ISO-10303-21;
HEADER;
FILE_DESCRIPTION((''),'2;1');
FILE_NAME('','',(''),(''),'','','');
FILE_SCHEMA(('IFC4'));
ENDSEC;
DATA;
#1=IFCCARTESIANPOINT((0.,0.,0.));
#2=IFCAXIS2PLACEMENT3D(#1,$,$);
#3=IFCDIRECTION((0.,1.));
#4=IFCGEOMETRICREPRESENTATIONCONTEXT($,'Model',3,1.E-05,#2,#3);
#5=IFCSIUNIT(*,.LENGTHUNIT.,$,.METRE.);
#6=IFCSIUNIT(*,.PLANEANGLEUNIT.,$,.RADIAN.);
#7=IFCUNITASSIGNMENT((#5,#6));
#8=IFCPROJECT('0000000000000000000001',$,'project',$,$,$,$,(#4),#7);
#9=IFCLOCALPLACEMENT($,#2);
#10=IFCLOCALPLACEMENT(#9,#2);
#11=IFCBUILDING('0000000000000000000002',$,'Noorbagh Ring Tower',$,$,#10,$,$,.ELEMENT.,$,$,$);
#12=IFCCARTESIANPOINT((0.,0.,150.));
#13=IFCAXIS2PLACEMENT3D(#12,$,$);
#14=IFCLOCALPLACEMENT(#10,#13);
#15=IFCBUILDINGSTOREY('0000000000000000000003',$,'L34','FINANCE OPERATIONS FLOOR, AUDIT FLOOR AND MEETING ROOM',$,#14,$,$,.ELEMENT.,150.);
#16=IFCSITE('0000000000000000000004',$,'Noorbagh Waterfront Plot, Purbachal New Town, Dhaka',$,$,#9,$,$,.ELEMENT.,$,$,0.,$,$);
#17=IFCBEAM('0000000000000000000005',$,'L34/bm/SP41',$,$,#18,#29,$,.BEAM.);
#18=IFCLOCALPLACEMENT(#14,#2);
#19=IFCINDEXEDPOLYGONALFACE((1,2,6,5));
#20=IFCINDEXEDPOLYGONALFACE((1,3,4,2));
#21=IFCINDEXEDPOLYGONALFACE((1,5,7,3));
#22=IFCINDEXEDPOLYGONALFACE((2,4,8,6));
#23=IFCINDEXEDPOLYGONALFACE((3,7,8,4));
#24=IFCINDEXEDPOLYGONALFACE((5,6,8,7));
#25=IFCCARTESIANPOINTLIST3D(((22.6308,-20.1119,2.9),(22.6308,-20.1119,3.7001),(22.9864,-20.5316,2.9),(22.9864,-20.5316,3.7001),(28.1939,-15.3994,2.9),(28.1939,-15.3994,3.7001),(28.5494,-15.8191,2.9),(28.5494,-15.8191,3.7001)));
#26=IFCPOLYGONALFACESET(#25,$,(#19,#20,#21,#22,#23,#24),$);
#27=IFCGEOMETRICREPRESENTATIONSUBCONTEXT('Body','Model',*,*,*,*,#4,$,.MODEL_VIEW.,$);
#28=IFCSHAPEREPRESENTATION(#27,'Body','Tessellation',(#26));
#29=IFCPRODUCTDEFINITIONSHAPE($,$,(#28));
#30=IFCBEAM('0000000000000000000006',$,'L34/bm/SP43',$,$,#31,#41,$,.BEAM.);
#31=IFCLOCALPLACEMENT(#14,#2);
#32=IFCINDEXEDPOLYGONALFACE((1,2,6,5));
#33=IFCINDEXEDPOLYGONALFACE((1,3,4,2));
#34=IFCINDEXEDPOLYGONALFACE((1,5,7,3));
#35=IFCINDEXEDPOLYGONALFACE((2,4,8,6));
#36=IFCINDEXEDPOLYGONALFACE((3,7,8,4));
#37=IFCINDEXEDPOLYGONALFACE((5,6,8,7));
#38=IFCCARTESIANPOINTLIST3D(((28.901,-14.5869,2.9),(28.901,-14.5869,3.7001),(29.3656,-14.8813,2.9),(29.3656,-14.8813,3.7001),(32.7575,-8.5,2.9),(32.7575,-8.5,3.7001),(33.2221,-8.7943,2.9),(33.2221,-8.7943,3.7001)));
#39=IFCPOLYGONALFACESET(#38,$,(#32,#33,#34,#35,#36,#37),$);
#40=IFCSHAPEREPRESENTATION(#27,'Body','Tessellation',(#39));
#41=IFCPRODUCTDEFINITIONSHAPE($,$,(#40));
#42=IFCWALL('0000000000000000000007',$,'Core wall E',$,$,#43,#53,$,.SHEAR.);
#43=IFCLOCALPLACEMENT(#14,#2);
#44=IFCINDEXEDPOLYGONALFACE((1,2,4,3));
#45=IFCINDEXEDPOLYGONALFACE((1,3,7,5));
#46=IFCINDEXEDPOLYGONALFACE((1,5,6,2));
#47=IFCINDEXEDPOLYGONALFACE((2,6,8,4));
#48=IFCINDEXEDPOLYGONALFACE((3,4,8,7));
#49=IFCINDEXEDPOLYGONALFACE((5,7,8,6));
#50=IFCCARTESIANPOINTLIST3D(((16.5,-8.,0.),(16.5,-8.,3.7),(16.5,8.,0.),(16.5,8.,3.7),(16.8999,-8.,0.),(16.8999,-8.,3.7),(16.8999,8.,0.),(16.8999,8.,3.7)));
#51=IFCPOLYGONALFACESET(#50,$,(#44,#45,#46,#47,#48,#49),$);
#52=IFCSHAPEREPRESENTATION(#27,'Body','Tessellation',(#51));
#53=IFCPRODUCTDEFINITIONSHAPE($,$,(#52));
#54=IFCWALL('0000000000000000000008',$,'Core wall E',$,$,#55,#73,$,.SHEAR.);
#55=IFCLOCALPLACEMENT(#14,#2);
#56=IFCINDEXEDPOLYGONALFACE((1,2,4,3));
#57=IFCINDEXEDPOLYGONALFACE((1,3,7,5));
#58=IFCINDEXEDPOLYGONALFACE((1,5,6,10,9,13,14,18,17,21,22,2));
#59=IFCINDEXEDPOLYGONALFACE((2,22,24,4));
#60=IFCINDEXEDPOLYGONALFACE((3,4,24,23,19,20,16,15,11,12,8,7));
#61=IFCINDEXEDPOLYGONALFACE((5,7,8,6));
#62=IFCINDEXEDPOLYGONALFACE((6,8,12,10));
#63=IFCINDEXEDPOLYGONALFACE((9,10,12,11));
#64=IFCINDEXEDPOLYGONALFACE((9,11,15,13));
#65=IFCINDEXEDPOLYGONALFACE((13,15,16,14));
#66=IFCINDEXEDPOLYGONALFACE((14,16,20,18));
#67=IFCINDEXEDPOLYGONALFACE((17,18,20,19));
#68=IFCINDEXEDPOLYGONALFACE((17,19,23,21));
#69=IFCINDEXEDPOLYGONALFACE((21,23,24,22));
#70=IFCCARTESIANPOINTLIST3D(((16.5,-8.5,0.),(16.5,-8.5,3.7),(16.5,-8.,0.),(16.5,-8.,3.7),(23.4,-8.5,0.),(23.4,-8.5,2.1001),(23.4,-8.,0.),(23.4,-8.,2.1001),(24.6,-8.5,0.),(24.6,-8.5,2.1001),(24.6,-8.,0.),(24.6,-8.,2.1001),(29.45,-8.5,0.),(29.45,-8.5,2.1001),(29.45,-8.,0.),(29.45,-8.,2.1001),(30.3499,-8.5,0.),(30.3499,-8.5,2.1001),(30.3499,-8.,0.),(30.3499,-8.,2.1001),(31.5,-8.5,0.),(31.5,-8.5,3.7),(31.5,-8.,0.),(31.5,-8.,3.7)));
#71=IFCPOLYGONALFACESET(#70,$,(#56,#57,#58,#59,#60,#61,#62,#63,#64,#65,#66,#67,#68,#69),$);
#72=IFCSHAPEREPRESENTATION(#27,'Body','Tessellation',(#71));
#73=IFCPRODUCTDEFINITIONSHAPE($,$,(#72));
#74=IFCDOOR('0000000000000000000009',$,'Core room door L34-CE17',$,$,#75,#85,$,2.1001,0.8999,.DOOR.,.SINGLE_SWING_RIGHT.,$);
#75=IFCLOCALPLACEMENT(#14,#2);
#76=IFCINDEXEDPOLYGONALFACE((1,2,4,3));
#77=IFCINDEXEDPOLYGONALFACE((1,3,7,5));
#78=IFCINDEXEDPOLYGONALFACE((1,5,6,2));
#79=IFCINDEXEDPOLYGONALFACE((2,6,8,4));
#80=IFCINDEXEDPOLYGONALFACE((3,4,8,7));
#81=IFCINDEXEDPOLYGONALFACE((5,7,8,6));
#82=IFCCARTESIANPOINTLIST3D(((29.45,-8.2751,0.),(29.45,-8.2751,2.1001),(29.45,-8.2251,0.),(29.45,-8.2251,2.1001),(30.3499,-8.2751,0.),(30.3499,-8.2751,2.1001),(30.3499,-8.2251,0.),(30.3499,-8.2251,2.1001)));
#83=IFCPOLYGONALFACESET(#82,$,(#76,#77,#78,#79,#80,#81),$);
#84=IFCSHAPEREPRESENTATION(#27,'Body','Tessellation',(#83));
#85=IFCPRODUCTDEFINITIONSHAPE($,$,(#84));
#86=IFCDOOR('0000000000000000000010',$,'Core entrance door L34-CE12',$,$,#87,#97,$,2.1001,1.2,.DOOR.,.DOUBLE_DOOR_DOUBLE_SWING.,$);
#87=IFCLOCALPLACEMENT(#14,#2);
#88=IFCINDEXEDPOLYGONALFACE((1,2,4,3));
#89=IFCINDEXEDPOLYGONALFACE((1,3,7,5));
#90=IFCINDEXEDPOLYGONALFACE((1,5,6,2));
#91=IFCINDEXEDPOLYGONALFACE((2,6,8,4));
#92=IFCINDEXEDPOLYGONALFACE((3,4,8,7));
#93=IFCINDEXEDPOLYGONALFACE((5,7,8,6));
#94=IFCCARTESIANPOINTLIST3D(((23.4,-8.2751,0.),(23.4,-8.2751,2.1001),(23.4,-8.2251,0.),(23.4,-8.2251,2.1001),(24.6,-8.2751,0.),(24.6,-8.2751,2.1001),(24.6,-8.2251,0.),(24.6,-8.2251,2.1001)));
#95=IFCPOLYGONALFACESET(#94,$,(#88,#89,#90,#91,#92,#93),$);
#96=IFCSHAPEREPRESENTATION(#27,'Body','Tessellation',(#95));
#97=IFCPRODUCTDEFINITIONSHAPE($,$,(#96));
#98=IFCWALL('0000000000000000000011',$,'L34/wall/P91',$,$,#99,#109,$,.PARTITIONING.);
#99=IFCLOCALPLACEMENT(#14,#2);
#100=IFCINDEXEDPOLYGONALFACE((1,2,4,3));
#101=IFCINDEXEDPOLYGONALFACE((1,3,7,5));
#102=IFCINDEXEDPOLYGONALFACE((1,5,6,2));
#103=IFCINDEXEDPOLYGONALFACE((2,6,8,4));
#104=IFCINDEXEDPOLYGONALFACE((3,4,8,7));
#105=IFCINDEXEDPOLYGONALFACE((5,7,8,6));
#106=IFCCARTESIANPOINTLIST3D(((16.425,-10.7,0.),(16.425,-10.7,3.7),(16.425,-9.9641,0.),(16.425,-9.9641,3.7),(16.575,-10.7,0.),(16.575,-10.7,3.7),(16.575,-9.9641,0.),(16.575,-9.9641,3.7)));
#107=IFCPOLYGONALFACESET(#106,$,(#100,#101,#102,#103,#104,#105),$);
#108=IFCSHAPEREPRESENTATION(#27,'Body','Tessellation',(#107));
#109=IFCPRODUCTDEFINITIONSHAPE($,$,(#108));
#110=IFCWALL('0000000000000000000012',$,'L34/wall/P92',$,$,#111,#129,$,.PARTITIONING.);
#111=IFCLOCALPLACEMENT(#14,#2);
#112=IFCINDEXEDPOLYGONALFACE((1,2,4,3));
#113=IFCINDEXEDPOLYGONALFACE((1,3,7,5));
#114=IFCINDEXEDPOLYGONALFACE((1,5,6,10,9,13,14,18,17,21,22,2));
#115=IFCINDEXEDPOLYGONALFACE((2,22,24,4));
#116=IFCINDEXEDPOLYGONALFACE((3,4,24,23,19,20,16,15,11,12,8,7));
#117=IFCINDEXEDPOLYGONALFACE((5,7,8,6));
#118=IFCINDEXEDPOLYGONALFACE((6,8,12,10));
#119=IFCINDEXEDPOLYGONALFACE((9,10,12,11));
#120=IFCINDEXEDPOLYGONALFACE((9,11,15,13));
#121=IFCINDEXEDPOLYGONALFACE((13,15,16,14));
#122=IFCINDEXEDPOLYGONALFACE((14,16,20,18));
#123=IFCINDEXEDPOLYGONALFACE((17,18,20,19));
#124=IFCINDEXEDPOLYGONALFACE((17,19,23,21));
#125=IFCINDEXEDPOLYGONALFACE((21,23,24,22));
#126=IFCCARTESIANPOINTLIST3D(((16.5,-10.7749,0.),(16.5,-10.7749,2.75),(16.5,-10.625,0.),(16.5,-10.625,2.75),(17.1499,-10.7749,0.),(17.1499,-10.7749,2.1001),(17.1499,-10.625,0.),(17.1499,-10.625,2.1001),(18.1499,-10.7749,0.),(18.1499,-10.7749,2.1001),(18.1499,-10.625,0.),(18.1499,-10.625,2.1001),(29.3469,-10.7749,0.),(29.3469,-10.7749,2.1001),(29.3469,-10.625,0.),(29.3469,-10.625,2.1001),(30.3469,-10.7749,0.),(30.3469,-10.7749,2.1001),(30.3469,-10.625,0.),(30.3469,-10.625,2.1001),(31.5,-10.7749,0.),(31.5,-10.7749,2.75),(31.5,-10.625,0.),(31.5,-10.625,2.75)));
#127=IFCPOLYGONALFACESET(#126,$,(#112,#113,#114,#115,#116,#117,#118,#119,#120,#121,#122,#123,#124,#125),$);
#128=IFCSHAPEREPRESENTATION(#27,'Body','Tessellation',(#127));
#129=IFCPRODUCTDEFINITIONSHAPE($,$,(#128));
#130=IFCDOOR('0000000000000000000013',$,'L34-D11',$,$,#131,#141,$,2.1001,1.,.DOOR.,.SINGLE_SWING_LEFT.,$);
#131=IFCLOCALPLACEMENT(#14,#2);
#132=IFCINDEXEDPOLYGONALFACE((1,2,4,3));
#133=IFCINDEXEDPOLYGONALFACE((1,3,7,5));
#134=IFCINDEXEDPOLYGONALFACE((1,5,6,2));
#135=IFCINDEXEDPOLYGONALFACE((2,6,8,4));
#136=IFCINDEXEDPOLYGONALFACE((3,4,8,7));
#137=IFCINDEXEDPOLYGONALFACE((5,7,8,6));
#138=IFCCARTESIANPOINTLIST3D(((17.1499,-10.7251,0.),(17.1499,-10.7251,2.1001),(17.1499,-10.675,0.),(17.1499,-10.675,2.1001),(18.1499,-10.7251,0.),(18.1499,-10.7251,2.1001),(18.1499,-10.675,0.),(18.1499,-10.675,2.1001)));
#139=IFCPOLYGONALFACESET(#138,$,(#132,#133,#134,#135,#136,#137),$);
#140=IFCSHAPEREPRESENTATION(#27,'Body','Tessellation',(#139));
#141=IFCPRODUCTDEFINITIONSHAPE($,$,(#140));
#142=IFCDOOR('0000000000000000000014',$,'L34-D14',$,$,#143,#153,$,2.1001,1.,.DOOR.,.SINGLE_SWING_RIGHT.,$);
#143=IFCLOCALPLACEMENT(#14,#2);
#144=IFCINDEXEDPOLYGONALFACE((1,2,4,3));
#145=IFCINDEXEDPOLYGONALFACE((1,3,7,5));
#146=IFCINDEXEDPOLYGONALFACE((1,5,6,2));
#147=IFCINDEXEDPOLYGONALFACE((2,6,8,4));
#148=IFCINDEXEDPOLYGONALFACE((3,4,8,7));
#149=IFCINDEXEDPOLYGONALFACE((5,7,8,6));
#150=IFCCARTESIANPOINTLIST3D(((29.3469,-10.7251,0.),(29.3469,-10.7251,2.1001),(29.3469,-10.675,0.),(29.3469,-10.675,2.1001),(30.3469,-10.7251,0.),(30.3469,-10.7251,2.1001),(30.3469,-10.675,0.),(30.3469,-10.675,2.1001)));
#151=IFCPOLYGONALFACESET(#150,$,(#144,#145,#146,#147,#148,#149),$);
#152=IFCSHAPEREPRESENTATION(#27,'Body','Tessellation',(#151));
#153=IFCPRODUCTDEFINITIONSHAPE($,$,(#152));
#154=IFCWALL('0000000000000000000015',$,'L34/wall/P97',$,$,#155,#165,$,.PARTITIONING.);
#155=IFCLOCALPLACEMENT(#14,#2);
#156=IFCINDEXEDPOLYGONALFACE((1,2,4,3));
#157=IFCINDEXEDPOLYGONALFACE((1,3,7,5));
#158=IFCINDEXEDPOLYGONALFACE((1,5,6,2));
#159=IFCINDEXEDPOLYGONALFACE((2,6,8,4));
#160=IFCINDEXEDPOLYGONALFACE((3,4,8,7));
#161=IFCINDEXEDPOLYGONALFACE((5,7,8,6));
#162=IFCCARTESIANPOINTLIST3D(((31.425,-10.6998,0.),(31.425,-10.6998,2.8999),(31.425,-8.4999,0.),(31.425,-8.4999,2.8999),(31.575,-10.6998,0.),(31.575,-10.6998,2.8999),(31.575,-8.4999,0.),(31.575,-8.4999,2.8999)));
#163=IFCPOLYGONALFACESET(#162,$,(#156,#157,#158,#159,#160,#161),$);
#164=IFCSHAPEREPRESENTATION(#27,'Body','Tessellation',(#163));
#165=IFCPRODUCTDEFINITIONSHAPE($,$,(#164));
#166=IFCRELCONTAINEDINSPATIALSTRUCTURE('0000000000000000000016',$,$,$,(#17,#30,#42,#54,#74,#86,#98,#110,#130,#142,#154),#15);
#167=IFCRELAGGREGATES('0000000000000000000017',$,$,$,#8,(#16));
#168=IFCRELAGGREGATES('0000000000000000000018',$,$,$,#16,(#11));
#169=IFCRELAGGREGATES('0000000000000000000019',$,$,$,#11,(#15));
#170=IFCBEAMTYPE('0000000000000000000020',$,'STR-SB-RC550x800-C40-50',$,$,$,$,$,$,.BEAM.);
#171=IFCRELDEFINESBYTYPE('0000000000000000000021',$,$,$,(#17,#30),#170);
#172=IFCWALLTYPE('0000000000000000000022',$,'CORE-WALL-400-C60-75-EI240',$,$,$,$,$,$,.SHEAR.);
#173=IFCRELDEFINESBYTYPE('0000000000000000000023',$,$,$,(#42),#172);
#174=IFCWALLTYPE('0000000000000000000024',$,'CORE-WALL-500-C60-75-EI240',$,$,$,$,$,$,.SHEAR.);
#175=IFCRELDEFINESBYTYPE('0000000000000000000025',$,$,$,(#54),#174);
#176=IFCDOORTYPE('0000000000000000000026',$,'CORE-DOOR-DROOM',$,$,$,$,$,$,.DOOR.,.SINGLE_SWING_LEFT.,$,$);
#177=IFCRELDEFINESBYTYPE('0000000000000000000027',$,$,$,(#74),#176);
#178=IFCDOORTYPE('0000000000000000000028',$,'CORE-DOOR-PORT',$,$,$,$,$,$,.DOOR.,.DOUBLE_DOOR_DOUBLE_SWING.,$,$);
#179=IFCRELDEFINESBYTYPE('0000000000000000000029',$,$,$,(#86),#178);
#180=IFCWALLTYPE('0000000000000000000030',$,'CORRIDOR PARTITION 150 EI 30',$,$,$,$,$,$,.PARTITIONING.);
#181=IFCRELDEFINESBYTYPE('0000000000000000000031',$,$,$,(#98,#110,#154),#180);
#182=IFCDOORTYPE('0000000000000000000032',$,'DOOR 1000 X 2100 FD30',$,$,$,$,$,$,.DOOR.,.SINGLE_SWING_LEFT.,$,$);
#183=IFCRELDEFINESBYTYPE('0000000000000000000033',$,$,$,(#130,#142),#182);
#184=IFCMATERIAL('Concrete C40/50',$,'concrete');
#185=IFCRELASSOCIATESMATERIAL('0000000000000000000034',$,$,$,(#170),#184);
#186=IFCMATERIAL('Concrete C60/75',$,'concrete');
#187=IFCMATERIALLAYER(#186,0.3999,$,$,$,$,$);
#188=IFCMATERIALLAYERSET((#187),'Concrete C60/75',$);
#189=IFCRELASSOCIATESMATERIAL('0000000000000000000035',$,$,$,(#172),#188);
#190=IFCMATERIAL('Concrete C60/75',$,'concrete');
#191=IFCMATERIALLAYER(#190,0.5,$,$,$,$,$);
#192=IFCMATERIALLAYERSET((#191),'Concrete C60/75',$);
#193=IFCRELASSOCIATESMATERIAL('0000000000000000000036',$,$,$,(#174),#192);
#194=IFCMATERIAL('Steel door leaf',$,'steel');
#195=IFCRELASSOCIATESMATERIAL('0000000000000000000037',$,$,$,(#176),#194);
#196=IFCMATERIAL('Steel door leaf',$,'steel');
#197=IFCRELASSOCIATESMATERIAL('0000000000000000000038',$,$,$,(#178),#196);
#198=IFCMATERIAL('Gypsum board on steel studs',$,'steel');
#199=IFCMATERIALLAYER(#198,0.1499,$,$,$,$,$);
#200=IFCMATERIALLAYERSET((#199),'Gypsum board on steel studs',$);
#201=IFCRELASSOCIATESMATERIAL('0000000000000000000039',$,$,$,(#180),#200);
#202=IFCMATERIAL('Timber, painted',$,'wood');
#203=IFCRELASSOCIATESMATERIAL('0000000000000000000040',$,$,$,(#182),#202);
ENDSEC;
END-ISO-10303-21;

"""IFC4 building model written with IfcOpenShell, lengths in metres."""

from ifc_helpers import new_model, si_unit, direction, frame, frame_2d, origin, origin_2d, place, context, subcontext, project, spatial, rectangle, extrude, material, layer, layer_set, material_profile, profile_set, type_object, element, fill, save


model = new_model("IFC4")

# Units and contexts
model_context = context("Model", 3, precision=1e-05, world=origin(), true_north=direction((0.0, 1.0)))
body_context = subcontext(model_context, "Body", "Model", "MODEL_VIEW")
ifc_project = project(units=[si_unit("LENGTHUNIT", "METRE"), si_unit("PLANEANGLEUNIT", "RADIAN")], contexts=[model_context])

# Site, building, storey
site_placement = place(None, origin())
site = spatial("IfcSite", under=ifc_project, at=site_placement, Name="Noorbagh Waterfront Plot, Purbachal New Town, Dhaka", CompositionType="ELEMENT", RefElevation=0.0)
building_placement = place(site_placement, origin())
building = spatial("IfcBuilding", under=site, at=building_placement, Name="Noorbagh Ring Tower", CompositionType="ELEMENT")
storey_placement = place(building_placement, frame((0.0, 0.0, 150.0)))
storey = spatial("IfcBuildingStorey", under=building, at=storey_placement, Name="L34", Description="FINANCE OPERATIONS FLOOR, AUDIT FLOOR AND MEETING ROOM", CompositionType="ELEMENT", Elevation=150.0)

# Beams
ifc_material_1 = material(Name="Concrete C40/50", Category="concrete")
ifc_material_profile_1 = material_profile(ifc_material_1, rectangle(XDim=0.55, YDim=0.8, at=origin_2d()), Name="RC550x800")
ifc_profile_set_1 = profile_set([ifc_material_profile_1], Name="Concrete C40/50")
beam_type_1 = type_object("IfcBeamType", Name="STR-SB-RC550x800-C40-50", PredefinedType="BEAM", material=ifc_profile_set_1)
beam_1_placement = place(storey_placement, frame((22.8086, -20.3218, 3.3), z_axis=(0.763031, 0.646362, 0.0), x_axis=(-0.646362, 0.763031, 0.0)))
element("IfcBeam", 1, at=beam_1_placement, inside=storey, type_object=beam_type_1, Name="L34/bm/SP41", PredefinedType="BEAM", context=body_context, shape_type="SweptSolid", body=[
    extrude(rectangle(XDim=0.55, YDim=0.8, at=origin_2d()), origin(), (0.0, 0.0, 1.0), 7.2908),
])
beam_2_placement = place(storey_placement, frame((29.1333, -14.7341, 3.3), z_axis=(0.535191, 0.844731, 0.0), x_axis=(-0.844731, 0.535191, 0.0)))
element("IfcBeam", 2, at=beam_2_placement, inside=storey, type_object=beam_type_1, Name="L34/bm/SP43", PredefinedType="BEAM", context=body_context, shape_type="SweptSolid", body=[
    extrude(rectangle(XDim=0.55, YDim=0.8, at=origin_2d()), origin(), (0.0, 0.0, 1.0), 7.2058),
])

# Wall
ifc_material_2 = material(Name="Concrete C60/75", Category="concrete")
ifc_layer_1 = layer(ifc_material_2, 0.3999)
ifc_layer_set_1 = layer_set([ifc_layer_1], Name="Concrete C60/75")
wall_type_1 = type_object("IfcWallType", Name="CORE-WALL-400-C60-75-EI240", PredefinedType="SHEAR", material=ifc_layer_set_1)
wall_1_placement = place(storey_placement, frame((16.7, -8.0, 0.0), z_axis=(0.0, 0.0, 1.0), x_axis=(0.0, 1.0, 0.0)))
element("IfcWall", 3, at=wall_1_placement, inside=storey, type_object=wall_type_1, Name="Core wall E", PredefinedType="SHEAR", context=body_context, shape_type="SweptSolid", body=[
    extrude(rectangle(XDim=16.0, YDim=0.3999, at=frame_2d((8.0, 0.0))), origin(), (0.0, 0.0, 1.0), 3.7),
])

# Wall, openings, doors
ifc_material_3 = material(Name="Concrete C60/75", Category="concrete")
ifc_layer_2 = layer(ifc_material_3, 0.5)
ifc_layer_set_2 = layer_set([ifc_layer_2], Name="Concrete C60/75")
wall_type_2 = type_object("IfcWallType", Name="CORE-WALL-500-C60-75-EI240", PredefinedType="SHEAR", material=ifc_layer_set_2)
wall_2_placement = place(storey_placement, frame((16.5, -8.25, 0.0), z_axis=(0.0, 0.0, 1.0), x_axis=(1.0, 0.0, 0.0)))
wall_2 = element("IfcWall", 4, at=wall_2_placement, inside=storey, type_object=wall_type_2, Name="Core wall E", PredefinedType="SHEAR", context=body_context, shape_type="SweptSolid", body=[
    extrude(rectangle(XDim=15.0, YDim=0.5, at=frame_2d((7.5, 0.0))), origin(), (0.0, 0.0, 1.0), 3.7),
])
opening_1_placement = place(wall_2_placement, frame((6.8999, 0.0, 0.0)))
opening_1 = element("IfcOpeningElement", 5, at=opening_1_placement, cuts=wall_2, PredefinedType="OPENING", context=body_context, shape_type="SweptSolid", body=[
    extrude(rectangle(XDim=1.2, YDim=2.1001, at=frame_2d((0.6001, 1.05))), frame((0.0, 0.26, 0.0), z_axis=(0.0, -1.0, 0.0), x_axis=(1.0, 0.0, 0.0)), (0.0, 0.0, 1.0), 0.52),
])
opening_2_placement = place(wall_2_placement, frame((12.95, 0.0, 0.0)))
opening_2 = element("IfcOpeningElement", 6, at=opening_2_placement, cuts=wall_2, PredefinedType="OPENING", context=body_context, shape_type="SweptSolid", body=[
    extrude(rectangle(XDim=0.8999, YDim=2.1001, at=frame_2d((0.45, 1.05))), frame((0.0, 0.26, 0.0), z_axis=(0.0, -1.0, 0.0), x_axis=(1.0, 0.0, 0.0)), (0.0, 0.0, 1.0), 0.52),
])
ifc_material_4 = material(Name="Steel door leaf", Category="steel")
door_type_1 = type_object("IfcDoorType", Name="CORE-DOOR-DROOM", OperationType="SINGLE_SWING_LEFT", PredefinedType="DOOR", material=ifc_material_4)
door_1_placement = place(opening_2_placement, origin())
door_1 = element("IfcDoor", 7, at=door_1_placement, inside=storey, type_object=door_type_1, Name="Core room door L34-CE17", OperationType="SINGLE_SWING_RIGHT", OverallHeight=2.1001, OverallWidth=0.8999, PredefinedType="DOOR", context=body_context, shape_type="SweptSolid", body=[
    extrude(rectangle(XDim=0.8999, YDim=2.1001, at=frame_2d((0.45, 1.05))), frame((0.0, 0.0249, 0.0), z_axis=(0.0, -1.0, 0.0), x_axis=(1.0, 0.0, 0.0)), (0.0, 0.0, 1.0), 0.05),
])
fill(opening_2, door_1)
ifc_material_5 = material(Name="Steel door leaf", Category="steel")
door_type_2 = type_object("IfcDoorType", Name="CORE-DOOR-PORT", OperationType="DOUBLE_DOOR_DOUBLE_SWING", PredefinedType="DOOR", material=ifc_material_5)
door_2_placement = place(opening_1_placement, origin())
door_2 = element("IfcDoor", 8, at=door_2_placement, inside=storey, type_object=door_type_2, Name="Core entrance door L34-CE12", OperationType="DOUBLE_DOOR_DOUBLE_SWING", OverallHeight=2.1001, OverallWidth=1.2, PredefinedType="DOOR", context=body_context, shape_type="SweptSolid", body=[
    extrude(rectangle(XDim=1.2, YDim=2.1001, at=frame_2d((0.6001, 1.05))), frame((0.0, 0.0249, 0.0), z_axis=(0.0, -1.0, 0.0), x_axis=(1.0, 0.0, 0.0)), (0.0, 0.0, 1.0), 0.05),
])
fill(opening_1, door_2)

# Wall
ifc_material_6 = material(Name="Gypsum board on steel studs", Category="steel")
ifc_layer_3 = layer(ifc_material_6, 0.1499)
ifc_layer_set_3 = layer_set([ifc_layer_3], Name="Gypsum board on steel studs")
wall_type_3 = type_object("IfcWallType", Name="CORRIDOR PARTITION 150 EI 30", PredefinedType="PARTITIONING", material=ifc_layer_set_3)
wall_3_placement = place(storey_placement, frame((16.5, -10.7, 0.0), z_axis=(0.0, 0.0, 1.0), x_axis=(0.0, 1.0, 0.0)))
element("IfcWall", 9, at=wall_3_placement, inside=storey, type_object=wall_type_3, Name="L34/wall/P91", PredefinedType="PARTITIONING", context=body_context, shape_type="SweptSolid", body=[
    extrude(rectangle(XDim=0.7358, YDim=0.1499, at=frame_2d((0.3679, 0.0))), origin(), (0.0, 0.0, 1.0), 3.7),
])

# Wall, openings, doors
wall_4_placement = place(storey_placement, frame((16.5, -10.7, 0.0), z_axis=(0.0, 0.0, 1.0), x_axis=(1.0, 0.0, 0.0)))
wall_4 = element("IfcWall", 10, at=wall_4_placement, inside=storey, type_object=wall_type_3, Name="L34/wall/P92", PredefinedType="PARTITIONING", context=body_context, shape_type="SweptSolid", body=[
    extrude(rectangle(XDim=15.0, YDim=0.1499, at=frame_2d((7.5, 0.0))), origin(), (0.0, 0.0, 1.0), 2.75),
])
opening_3_placement = place(wall_4_placement, frame((0.6499, 0.0, 0.0)))
opening_3 = element("IfcOpeningElement", 11, at=opening_3_placement, cuts=wall_4, PredefinedType="OPENING", context=body_context, shape_type="SweptSolid", body=[
    extrude(rectangle(XDim=1.0, YDim=2.1001, at=frame_2d((0.5, 1.05))), frame((0.0, 0.085, 0.0), z_axis=(0.0, -1.0, 0.0), x_axis=(1.0, 0.0, 0.0)), (0.0, 0.0, 1.0), 0.1699),
])
opening_4_placement = place(wall_4_placement, frame((12.8469, 0.0, 0.0)))
opening_4 = element("IfcOpeningElement", 12, at=opening_4_placement, cuts=wall_4, PredefinedType="OPENING", context=body_context, shape_type="SweptSolid", body=[
    extrude(rectangle(XDim=1.0, YDim=2.1001, at=frame_2d((0.5, 1.05))), frame((0.0, 0.085, 0.0), z_axis=(0.0, -1.0, 0.0), x_axis=(1.0, 0.0, 0.0)), (0.0, 0.0, 1.0), 0.1699),
])
ifc_material_7 = material(Name="Timber, painted", Category="wood")
door_type_3 = type_object("IfcDoorType", Name="DOOR 1000 X 2100 FD30", OperationType="SINGLE_SWING_LEFT", PredefinedType="DOOR", material=ifc_material_7)
door_3_placement = place(opening_3_placement, origin())
door_3 = element("IfcDoor", 13, at=door_3_placement, inside=storey, type_object=door_type_3, Name="L34-D11", OperationType="SINGLE_SWING_LEFT", OverallHeight=2.1001, OverallWidth=1.0, PredefinedType="DOOR", context=body_context, shape_type="SweptSolid", body=[
    extrude(rectangle(XDim=1.0, YDim=2.1001, at=frame_2d((0.5, 1.05))), frame((0.0, 0.0249, 0.0), z_axis=(0.0, -1.0, 0.0), x_axis=(1.0, 0.0, 0.0)), (0.0, 0.0, 1.0), 0.05),
])
fill(opening_3, door_3)
door_4_placement = place(opening_4_placement, origin())
door_4 = element("IfcDoor", 14, at=door_4_placement, inside=storey, type_object=door_type_3, Name="L34-D14", OperationType="SINGLE_SWING_RIGHT", OverallHeight=2.1001, OverallWidth=1.0, PredefinedType="DOOR", context=body_context, shape_type="SweptSolid", body=[
    extrude(rectangle(XDim=1.0, YDim=2.1001, at=frame_2d((0.5, 1.05))), frame((0.0, 0.0249, 0.0), z_axis=(0.0, -1.0, 0.0), x_axis=(1.0, 0.0, 0.0)), (0.0, 0.0, 1.0), 0.05),
])
fill(opening_4, door_4)

# Wall
wall_5_placement = place(storey_placement, frame((31.5, -10.7, 0.0), z_axis=(0.0, 0.0, 1.0), x_axis=(0.0, 1.0, 0.0)))
element("IfcWall", 15, at=wall_5_placement, inside=storey, type_object=wall_type_3, Name="L34/wall/P97", PredefinedType="PARTITIONING", context=body_context, shape_type="SweptSolid", body=[
    extrude(rectangle(XDim=2.2, YDim=0.1499, at=frame_2d((1.1001, 0.0))), origin(), (0.0, 0.0, 1.0), 2.8999),
])

save(model, "model.ifc")
